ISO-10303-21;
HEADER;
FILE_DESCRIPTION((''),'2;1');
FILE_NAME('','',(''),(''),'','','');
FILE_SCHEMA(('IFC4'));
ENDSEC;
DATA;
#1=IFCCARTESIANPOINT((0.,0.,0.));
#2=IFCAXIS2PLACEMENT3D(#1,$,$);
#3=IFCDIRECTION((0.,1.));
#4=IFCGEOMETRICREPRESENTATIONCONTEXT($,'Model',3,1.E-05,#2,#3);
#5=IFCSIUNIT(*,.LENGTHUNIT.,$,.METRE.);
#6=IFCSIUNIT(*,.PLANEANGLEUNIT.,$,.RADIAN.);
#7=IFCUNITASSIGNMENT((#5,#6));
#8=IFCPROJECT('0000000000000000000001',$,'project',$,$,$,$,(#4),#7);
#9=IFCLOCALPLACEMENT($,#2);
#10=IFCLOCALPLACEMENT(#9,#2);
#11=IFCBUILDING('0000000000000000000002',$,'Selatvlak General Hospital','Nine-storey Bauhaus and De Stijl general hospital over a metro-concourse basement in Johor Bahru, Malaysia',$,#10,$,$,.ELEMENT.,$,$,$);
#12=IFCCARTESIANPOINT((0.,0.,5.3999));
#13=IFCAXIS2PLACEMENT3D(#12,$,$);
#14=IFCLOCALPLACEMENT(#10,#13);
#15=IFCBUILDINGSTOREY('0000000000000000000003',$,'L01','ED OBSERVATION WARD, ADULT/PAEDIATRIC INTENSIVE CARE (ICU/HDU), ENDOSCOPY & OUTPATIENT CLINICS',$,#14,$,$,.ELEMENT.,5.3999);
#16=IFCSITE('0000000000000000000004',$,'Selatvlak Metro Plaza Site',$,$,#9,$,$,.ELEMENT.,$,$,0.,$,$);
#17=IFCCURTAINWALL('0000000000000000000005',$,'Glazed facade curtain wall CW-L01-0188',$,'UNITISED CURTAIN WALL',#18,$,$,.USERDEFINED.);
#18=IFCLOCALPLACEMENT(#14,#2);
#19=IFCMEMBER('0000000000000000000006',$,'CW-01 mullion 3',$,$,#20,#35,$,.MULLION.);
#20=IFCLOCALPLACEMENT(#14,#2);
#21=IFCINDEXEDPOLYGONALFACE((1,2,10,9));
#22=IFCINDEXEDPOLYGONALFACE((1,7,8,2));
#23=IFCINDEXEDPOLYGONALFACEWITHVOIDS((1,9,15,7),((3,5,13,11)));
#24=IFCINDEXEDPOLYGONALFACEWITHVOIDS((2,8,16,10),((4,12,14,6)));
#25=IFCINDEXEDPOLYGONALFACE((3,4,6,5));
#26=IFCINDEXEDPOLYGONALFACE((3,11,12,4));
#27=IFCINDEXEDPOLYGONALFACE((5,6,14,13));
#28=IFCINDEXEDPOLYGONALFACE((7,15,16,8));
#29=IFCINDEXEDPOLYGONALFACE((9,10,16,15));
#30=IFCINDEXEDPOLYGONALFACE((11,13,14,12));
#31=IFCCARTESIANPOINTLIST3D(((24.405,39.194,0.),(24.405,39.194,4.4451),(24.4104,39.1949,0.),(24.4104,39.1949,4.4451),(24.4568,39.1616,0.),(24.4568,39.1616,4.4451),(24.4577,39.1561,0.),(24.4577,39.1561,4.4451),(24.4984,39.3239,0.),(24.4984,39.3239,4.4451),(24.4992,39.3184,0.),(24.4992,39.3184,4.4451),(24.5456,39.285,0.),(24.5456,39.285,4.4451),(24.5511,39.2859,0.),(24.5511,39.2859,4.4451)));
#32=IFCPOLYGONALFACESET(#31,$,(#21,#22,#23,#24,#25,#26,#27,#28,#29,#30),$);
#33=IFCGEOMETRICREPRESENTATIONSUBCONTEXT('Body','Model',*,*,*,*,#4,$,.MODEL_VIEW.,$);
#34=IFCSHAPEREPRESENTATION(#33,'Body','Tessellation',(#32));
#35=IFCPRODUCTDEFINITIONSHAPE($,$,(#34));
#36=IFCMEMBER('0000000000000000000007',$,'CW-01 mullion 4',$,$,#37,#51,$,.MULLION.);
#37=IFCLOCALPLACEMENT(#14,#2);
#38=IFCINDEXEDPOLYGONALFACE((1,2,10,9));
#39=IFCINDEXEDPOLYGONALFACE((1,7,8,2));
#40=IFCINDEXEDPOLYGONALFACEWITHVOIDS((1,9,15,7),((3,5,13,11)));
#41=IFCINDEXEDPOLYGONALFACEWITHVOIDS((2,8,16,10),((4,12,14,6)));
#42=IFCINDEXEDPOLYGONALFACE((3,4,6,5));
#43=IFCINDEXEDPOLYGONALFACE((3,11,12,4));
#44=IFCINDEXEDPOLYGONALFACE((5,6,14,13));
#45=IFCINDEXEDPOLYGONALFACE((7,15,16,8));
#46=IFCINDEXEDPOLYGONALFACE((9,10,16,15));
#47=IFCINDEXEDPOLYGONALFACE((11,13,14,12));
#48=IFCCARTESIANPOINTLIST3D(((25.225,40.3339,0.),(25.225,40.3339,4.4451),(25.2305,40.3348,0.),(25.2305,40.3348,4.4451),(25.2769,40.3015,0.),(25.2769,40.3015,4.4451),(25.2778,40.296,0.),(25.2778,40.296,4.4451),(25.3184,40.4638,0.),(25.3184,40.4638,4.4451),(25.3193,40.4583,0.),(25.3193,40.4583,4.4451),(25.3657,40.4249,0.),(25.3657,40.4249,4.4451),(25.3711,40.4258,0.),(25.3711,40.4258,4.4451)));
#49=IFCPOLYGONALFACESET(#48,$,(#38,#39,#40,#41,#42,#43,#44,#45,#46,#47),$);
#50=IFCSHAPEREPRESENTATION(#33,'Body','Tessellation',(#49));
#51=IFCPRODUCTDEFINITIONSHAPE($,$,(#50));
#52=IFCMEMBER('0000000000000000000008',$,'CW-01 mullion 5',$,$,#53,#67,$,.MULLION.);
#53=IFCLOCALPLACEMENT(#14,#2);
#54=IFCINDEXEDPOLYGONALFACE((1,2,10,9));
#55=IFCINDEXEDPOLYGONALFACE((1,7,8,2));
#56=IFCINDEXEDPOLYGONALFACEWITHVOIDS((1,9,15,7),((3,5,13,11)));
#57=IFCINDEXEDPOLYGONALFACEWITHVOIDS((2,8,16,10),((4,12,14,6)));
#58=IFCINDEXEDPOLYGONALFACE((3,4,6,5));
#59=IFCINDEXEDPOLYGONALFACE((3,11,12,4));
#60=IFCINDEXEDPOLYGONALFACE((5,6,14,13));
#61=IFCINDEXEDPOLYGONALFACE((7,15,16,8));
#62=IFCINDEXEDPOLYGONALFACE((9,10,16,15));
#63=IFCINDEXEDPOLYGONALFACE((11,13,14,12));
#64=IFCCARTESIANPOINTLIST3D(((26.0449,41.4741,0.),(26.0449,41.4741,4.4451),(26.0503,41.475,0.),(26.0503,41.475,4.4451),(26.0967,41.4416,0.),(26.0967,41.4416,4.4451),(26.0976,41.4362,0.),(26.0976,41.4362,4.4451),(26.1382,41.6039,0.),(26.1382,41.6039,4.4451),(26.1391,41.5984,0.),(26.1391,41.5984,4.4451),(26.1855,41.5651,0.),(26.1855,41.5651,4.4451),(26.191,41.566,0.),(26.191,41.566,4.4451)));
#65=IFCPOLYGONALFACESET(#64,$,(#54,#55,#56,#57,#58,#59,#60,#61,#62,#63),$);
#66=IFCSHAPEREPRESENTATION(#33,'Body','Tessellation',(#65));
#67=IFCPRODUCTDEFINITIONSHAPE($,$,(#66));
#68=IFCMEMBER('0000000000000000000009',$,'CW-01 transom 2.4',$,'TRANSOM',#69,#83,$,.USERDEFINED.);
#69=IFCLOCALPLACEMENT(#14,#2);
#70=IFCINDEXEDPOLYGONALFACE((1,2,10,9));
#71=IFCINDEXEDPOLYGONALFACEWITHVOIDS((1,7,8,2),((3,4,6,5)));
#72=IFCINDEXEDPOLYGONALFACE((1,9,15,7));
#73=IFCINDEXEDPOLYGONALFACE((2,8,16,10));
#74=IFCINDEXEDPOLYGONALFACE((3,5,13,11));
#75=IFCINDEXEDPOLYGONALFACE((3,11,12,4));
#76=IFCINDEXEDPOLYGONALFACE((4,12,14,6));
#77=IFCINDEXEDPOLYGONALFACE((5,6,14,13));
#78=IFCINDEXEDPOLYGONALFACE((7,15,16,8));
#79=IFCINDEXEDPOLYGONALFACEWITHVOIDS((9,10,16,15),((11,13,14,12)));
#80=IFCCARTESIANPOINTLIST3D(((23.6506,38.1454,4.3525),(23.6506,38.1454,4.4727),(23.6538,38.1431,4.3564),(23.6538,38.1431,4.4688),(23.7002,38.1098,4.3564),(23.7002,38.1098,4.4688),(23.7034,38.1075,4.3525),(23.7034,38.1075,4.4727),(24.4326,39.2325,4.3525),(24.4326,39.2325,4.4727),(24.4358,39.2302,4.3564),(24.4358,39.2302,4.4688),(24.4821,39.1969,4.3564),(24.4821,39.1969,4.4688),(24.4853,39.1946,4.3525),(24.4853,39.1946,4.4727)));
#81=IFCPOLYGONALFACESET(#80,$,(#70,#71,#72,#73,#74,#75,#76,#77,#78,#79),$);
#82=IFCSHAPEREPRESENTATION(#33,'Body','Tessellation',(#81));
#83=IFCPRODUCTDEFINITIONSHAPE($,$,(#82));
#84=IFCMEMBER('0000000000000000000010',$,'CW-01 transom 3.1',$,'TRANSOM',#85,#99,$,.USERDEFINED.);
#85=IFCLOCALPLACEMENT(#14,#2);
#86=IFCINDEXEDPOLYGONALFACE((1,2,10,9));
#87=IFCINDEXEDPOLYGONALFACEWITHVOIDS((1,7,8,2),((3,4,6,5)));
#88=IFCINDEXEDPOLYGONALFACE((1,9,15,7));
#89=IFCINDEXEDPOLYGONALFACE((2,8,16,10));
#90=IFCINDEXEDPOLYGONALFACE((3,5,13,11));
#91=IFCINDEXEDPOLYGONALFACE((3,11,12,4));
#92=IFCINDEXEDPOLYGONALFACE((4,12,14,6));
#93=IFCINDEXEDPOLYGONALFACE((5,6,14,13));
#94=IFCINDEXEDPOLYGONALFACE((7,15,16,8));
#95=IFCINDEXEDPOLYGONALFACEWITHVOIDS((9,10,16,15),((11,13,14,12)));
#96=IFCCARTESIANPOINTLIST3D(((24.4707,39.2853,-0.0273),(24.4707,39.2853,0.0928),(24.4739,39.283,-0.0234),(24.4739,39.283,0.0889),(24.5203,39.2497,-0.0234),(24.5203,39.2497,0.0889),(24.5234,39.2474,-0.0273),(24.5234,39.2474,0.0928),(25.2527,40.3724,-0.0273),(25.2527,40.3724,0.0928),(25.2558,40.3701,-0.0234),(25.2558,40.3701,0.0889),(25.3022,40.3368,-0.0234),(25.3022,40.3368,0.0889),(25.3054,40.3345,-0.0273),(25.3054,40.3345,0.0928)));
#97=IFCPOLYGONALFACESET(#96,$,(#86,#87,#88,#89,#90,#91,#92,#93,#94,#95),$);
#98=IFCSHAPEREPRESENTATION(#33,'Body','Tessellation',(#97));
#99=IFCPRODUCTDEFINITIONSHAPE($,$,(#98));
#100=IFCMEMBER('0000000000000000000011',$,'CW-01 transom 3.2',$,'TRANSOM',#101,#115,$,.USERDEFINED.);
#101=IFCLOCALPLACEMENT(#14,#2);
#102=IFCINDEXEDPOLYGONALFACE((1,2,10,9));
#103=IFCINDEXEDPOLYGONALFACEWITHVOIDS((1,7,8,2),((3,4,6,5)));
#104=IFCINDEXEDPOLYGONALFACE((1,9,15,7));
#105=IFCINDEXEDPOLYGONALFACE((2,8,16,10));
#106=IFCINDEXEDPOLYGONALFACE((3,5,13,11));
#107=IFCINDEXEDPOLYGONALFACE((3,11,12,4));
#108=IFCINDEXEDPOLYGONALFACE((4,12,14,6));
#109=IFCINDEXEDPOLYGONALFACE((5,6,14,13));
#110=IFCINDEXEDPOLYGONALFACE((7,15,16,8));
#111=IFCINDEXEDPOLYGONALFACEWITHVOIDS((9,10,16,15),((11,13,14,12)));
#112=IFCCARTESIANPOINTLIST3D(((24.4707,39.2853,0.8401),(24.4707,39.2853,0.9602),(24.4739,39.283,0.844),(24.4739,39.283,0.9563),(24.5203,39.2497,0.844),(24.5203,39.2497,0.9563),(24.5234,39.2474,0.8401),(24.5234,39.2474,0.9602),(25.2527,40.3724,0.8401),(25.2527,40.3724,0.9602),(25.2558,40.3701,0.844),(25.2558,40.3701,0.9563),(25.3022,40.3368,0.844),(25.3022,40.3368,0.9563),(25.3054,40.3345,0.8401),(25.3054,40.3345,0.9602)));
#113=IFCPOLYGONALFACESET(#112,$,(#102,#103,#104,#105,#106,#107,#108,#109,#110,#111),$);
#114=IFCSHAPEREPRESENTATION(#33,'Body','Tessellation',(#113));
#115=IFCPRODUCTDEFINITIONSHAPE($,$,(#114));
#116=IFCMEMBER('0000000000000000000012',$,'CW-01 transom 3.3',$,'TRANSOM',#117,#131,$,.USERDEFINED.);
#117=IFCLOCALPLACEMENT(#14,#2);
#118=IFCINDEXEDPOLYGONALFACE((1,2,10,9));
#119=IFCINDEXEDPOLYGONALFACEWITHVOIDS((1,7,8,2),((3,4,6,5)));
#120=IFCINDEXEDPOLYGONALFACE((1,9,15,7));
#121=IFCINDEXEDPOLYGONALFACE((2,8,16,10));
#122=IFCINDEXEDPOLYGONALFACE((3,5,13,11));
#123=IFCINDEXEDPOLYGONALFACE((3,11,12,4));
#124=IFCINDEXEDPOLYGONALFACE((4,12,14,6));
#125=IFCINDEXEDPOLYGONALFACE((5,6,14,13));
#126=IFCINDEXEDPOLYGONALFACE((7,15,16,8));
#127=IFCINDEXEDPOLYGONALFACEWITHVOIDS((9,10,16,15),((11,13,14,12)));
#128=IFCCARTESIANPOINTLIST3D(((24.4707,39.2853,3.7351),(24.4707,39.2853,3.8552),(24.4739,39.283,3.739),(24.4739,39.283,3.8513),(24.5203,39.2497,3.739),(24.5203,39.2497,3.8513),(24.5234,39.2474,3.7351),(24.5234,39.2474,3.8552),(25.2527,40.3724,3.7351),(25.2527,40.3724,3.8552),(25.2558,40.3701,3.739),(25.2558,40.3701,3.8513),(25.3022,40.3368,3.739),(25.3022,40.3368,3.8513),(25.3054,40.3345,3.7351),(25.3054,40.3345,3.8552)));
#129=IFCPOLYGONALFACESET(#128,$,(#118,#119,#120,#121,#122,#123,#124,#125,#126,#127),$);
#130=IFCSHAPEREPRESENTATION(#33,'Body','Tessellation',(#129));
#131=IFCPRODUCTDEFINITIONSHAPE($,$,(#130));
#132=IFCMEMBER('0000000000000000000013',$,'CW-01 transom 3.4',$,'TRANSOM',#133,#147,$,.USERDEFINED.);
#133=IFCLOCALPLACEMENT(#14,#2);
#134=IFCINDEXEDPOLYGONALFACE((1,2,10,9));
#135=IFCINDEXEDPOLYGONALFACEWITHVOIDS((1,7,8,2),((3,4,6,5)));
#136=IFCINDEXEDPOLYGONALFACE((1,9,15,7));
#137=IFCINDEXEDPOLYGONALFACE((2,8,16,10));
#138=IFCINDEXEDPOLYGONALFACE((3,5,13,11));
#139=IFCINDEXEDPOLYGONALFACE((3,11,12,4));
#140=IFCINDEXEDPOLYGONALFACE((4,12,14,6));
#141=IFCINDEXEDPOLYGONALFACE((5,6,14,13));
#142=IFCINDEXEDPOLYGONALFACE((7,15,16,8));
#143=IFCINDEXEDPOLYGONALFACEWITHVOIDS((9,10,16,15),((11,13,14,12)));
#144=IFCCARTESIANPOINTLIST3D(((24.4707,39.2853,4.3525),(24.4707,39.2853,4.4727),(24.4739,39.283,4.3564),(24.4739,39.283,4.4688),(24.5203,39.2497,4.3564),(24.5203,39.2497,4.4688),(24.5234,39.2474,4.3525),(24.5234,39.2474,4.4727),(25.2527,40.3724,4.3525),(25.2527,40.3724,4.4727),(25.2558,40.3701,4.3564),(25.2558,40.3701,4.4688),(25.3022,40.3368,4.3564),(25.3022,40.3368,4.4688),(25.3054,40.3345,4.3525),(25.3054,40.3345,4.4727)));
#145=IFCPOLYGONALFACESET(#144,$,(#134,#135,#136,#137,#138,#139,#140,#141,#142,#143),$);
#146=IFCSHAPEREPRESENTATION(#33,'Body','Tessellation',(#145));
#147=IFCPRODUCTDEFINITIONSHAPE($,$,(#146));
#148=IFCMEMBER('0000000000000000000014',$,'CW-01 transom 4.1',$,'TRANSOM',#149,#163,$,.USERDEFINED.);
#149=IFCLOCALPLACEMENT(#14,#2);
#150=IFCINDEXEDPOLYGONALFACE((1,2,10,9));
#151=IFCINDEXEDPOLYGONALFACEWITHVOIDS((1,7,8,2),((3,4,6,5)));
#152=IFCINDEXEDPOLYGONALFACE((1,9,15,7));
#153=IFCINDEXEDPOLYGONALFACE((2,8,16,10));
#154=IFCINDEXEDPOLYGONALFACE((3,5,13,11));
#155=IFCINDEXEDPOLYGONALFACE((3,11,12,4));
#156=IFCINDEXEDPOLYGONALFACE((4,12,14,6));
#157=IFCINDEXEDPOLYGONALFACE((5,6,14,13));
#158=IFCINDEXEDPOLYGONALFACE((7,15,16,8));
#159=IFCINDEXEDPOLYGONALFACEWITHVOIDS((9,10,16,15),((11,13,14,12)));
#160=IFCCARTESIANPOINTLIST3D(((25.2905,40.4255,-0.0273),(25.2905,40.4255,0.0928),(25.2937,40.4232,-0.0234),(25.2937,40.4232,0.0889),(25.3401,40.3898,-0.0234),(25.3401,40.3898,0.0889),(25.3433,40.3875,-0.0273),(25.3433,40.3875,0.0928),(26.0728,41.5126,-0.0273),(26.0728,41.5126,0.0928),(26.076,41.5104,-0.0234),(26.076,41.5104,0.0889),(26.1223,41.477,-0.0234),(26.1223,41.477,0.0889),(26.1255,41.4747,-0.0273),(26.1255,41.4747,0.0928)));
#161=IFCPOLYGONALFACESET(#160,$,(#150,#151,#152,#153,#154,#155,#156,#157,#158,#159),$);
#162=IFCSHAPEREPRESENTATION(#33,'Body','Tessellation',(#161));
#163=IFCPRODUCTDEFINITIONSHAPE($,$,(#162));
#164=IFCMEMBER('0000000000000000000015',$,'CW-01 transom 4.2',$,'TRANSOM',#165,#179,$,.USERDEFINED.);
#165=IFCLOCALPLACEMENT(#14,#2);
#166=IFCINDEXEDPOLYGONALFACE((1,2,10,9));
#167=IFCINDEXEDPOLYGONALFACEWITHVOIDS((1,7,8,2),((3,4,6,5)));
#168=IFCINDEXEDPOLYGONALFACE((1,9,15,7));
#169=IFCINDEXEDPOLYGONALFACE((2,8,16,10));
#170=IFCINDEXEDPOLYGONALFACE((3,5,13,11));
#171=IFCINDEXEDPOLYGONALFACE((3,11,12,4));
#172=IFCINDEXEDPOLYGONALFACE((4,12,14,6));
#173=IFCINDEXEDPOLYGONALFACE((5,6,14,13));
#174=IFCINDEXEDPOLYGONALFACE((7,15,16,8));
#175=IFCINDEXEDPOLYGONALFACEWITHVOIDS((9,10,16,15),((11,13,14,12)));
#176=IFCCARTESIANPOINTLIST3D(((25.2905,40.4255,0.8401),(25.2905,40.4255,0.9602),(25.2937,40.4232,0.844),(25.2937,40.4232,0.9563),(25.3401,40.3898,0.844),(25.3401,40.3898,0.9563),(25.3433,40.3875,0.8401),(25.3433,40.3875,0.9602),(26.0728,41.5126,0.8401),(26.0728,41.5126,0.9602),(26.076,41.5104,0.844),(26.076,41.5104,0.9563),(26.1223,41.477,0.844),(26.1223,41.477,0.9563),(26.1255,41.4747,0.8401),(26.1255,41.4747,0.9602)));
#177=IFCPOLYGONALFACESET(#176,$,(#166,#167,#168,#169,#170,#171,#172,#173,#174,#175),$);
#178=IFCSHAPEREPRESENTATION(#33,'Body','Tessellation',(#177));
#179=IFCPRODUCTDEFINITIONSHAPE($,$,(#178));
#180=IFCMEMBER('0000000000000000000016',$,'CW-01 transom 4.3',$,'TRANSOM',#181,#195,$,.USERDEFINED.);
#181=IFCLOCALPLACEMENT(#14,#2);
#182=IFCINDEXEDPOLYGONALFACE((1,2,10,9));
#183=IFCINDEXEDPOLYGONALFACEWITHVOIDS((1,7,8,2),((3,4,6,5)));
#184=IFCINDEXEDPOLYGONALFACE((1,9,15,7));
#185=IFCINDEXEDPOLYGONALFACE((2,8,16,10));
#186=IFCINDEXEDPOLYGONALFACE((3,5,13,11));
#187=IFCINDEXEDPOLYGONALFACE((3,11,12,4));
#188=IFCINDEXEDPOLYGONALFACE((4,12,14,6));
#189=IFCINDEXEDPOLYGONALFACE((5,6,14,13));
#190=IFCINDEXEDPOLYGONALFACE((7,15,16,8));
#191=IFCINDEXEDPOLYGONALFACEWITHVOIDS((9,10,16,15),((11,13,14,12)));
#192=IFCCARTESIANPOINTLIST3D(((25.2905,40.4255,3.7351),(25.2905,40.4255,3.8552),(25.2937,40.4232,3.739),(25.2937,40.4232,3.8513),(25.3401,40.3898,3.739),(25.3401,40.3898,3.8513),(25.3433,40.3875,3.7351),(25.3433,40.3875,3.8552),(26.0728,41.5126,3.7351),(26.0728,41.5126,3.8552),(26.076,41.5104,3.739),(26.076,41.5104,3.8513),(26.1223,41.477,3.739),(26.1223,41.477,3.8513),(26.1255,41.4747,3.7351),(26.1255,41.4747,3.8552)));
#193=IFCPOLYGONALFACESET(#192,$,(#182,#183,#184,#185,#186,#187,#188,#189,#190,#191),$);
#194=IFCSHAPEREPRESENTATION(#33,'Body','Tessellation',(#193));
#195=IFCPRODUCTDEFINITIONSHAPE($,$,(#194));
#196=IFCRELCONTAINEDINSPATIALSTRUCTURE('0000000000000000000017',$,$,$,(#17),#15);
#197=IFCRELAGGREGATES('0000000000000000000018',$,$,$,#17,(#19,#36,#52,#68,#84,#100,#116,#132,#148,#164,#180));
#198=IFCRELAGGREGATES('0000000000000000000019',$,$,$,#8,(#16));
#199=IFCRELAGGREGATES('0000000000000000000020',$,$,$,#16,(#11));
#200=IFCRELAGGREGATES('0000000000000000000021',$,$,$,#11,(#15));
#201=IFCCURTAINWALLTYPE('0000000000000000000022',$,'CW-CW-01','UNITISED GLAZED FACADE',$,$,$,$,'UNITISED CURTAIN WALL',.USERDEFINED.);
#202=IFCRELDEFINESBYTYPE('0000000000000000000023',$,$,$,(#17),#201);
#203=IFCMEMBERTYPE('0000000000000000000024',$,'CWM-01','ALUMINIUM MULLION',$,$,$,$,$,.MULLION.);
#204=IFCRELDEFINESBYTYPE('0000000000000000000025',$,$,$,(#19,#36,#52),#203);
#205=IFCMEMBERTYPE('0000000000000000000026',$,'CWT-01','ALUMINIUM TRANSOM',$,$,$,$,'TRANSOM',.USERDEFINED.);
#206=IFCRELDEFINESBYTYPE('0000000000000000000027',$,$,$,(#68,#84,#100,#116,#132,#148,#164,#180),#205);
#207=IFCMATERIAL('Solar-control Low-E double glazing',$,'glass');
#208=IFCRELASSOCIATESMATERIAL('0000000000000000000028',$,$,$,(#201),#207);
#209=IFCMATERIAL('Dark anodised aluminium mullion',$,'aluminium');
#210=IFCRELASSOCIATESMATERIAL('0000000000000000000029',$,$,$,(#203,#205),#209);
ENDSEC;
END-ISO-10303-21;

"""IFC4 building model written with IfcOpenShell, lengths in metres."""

from ifc_helpers import new_model, si_unit, direction, frame, origin, origin_2d, place, context, subcontext, project, spatial, hollow_rectangle, extrude, material, material_profile, profile_set, type_object, element, aggregate, save


model = new_model("IFC4")

# Units and contexts
model_context = context("Model", 3, precision=1e-05, world=origin(), true_north=direction((0.0, 1.0)))
body_context = subcontext(model_context, "Body", "Model", "MODEL_VIEW")
ifc_project = project(units=[si_unit("LENGTHUNIT", "METRE"), si_unit("PLANEANGLEUNIT", "RADIAN")], contexts=[model_context])

# Site, building, storey
site_placement = place(None, origin())
site = spatial("IfcSite", under=ifc_project, at=site_placement, Name="Selatvlak Metro Plaza Site", CompositionType="ELEMENT", RefElevation=0.0)
building_placement = place(site_placement, origin())
building = spatial("IfcBuilding", under=site, at=building_placement, Name="Selatvlak General Hospital", Description="Nine-storey Bauhaus and De Stijl general hospital over a metro-concourse basement in Johor Bahru, Malaysia", CompositionType="ELEMENT")
storey_placement = place(building_placement, frame((0.0, 0.0, 5.3999)))
storey = spatial("IfcBuildingStorey", under=building, at=storey_placement, Name="L01", Description="ED OBSERVATION WARD, ADULT/PAEDIATRIC INTENSIVE CARE (ICU/HDU), ENDOSCOPY & OUTPATIENT CLINICS", CompositionType="ELEMENT", Elevation=5.3999)

# Curtain wall, members
ifc_material_1 = material(Name="Solar-control Low-E double glazing", Category="glass")
curtain_wall_type = type_object("IfcCurtainWallType", Name="CW-CW-01", Description="UNITISED GLAZED FACADE", ElementType="UNITISED CURTAIN WALL", PredefinedType="USERDEFINED", material=ifc_material_1)
curtain_wall_placement = place(storey_placement, origin())
curtain_wall = element("IfcCurtainWall", 1, at=curtain_wall_placement, inside=storey, type_object=curtain_wall_type, Name="Glazed facade curtain wall CW-L01-0188", ObjectType="UNITISED CURTAIN WALL", PredefinedType="USERDEFINED")
ifc_material_2 = material(Name="Dark anodised aluminium mullion", Category="aluminium")
ifc_material_profile_1 = material_profile(ifc_material_2, hollow_rectangle(XDim=0.0649, YDim=0.1599, WallThickness=0.0039, at=origin_2d()), Name="AL-MUL 65x160x4")
ifc_profile_set_1 = profile_set([ifc_material_profile_1], Name="Dark anodised aluminium mullion")
member_type_1 = type_object("IfcMemberType", Name="CWM-01", Description="ALUMINIUM MULLION", PredefinedType="MULLION", material=ifc_profile_set_1)
member_1_placement = place(storey_placement, frame((24.478, 39.24, 0.0), z_axis=(0.0, 0.0, 1.0), x_axis=(-0.811804, 0.583929, 0.0)))
member_1 = element("IfcMember", 2, at=member_1_placement, type_object=member_type_1, Name="CW-01 mullion 3", PredefinedType="MULLION", context=body_context, shape_type="SweptSolid", body=[
    extrude(hollow_rectangle(XDim=0.0649, YDim=0.1599, WallThickness=0.0039, at=origin_2d()), origin(), (0.0, 0.0, 1.0), 4.4451),
])
member_2_placement = place(storey_placement, frame((25.2981, 40.3799, 0.0), z_axis=(0.0, 0.0, 1.0), x_axis=(-0.811804, 0.583929, 0.0)))
member_2 = element("IfcMember", 3, at=member_2_placement, type_object=member_type_1, Name="CW-01 mullion 4", PredefinedType="MULLION", context=body_context, shape_type="SweptSolid", body=[
    extrude(hollow_rectangle(XDim=0.0649, YDim=0.1599, WallThickness=0.0039, at=origin_2d()), origin(), (0.0, 0.0, 1.0), 4.4451),
])
member_3_placement = place(storey_placement, frame((26.1179, 41.52, 0.0), z_axis=(0.0, 0.0, 1.0), x_axis=(-0.811804, 0.583929, 0.0)))
member_3 = element("IfcMember", 4, at=member_3_placement, type_object=member_type_1, Name="CW-01 mullion 5", PredefinedType="MULLION", context=body_context, shape_type="SweptSolid", body=[
    extrude(hollow_rectangle(XDim=0.0649, YDim=0.1599, WallThickness=0.0039, at=origin_2d()), origin(), (0.0, 0.0, 1.0), 4.4451),
])
ifc_material_profile_2 = material_profile(ifc_material_2, hollow_rectangle(XDim=0.0649, YDim=0.1201, WallThickness=0.0039, at=origin_2d()), Name="AL-TRN 65x120x4")
ifc_profile_set_2 = profile_set([ifc_material_profile_2], Name="Dark anodised aluminium mullion")
member_type_2 = type_object("IfcMemberType", Name="CWT-01", Description="ALUMINIUM TRANSOM", ElementType="TRANSOM", PredefinedType="USERDEFINED", material=ifc_profile_set_2)
member_4_placement = place(storey_placement, frame((23.677, 38.1265, 4.4126), z_axis=(0.583925, 0.811807, 0.0), x_axis=(-0.811807, 0.583925, 0.0)))
member_4 = element("IfcMember", 5, at=member_4_placement, type_object=member_type_2, Name="CW-01 transom 2.4", ObjectType="TRANSOM", PredefinedType="USERDEFINED", context=body_context, shape_type="SweptSolid", body=[
    extrude(hollow_rectangle(XDim=0.0649, YDim=0.1201, WallThickness=0.0039, at=origin_2d()), origin(), (0.0, 0.0, 1.0), 1.3391),
])
member_5_placement = place(storey_placement, frame((24.4971, 39.2664, 0.0327), z_axis=(0.583925, 0.811807, 0.0), x_axis=(-0.811807, 0.583925, 0.0)))
member_5 = element("IfcMember", 6, at=member_5_placement, type_object=member_type_2, Name="CW-01 transom 3.1", ObjectType="TRANSOM", PredefinedType="USERDEFINED", context=body_context, shape_type="SweptSolid", body=[
    extrude(hollow_rectangle(XDim=0.0649, YDim=0.1201, WallThickness=0.0039, at=origin_2d()), origin(), (0.0, 0.0, 1.0), 1.3391),
])
member_6_placement = place(storey_placement, frame((24.4971, 39.2664, 0.9001), z_axis=(0.583925, 0.811807, 0.0), x_axis=(-0.811807, 0.583925, 0.0)))
member_6 = element("IfcMember", 7, at=member_6_placement, type_object=member_type_2, Name="CW-01 transom 3.2", ObjectType="TRANSOM", PredefinedType="USERDEFINED", context=body_context, shape_type="SweptSolid", body=[
    extrude(hollow_rectangle(XDim=0.0649, YDim=0.1201, WallThickness=0.0039, at=origin_2d()), origin(), (0.0, 0.0, 1.0), 1.3391),
])
member_7_placement = place(storey_placement, frame((24.4971, 39.2664, 3.7952), z_axis=(0.583925, 0.811807, 0.0), x_axis=(-0.811807, 0.583925, 0.0)))
member_7 = element("IfcMember", 8, at=member_7_placement, type_object=member_type_2, Name="CW-01 transom 3.3", ObjectType="TRANSOM", PredefinedType="USERDEFINED", context=body_context, shape_type="SweptSolid", body=[
    extrude(hollow_rectangle(XDim=0.0649, YDim=0.1201, WallThickness=0.0039, at=origin_2d()), origin(), (0.0, 0.0, 1.0), 1.3391),
])
member_8_placement = place(storey_placement, frame((24.4971, 39.2664, 4.4126), z_axis=(0.583925, 0.811807, 0.0), x_axis=(-0.811807, 0.583925, 0.0)))
member_8 = element("IfcMember", 9, at=member_8_placement, type_object=member_type_2, Name="CW-01 transom 3.4", ObjectType="TRANSOM", PredefinedType="USERDEFINED", context=body_context, shape_type="SweptSolid", body=[
    extrude(hollow_rectangle(XDim=0.0649, YDim=0.1201, WallThickness=0.0039, at=origin_2d()), origin(), (0.0, 0.0, 1.0), 1.3391),
])
member_9_placement = place(storey_placement, frame((25.3169, 40.4065, 0.0327), z_axis=(0.584045, 0.811721, 0.0), x_axis=(-0.811721, 0.584045, 0.0)))
member_9 = element("IfcMember", 10, at=member_9_placement, type_object=member_type_2, Name="CW-01 transom 4.1", ObjectType="TRANSOM", PredefinedType="USERDEFINED", context=body_context, shape_type="SweptSolid", body=[
    extrude(hollow_rectangle(XDim=0.0649, YDim=0.1201, WallThickness=0.0039, at=origin_2d()), origin(), (0.0, 0.0, 1.0), 1.3394),
])
member_10_placement = place(storey_placement, frame((25.3169, 40.4065, 0.9001), z_axis=(0.584045, 0.811721, 0.0), x_axis=(-0.811721, 0.584045, 0.0)))
member_10 = element("IfcMember", 11, at=member_10_placement, type_object=member_type_2, Name="CW-01 transom 4.2", ObjectType="TRANSOM", PredefinedType="USERDEFINED", context=body_context, shape_type="SweptSolid", body=[
    extrude(hollow_rectangle(XDim=0.0649, YDim=0.1201, WallThickness=0.0039, at=origin_2d()), origin(), (0.0, 0.0, 1.0), 1.3394),
])
member_11_placement = place(storey_placement, frame((25.3169, 40.4065, 3.7952), z_axis=(0.584045, 0.811721, 0.0), x_axis=(-0.811721, 0.584045, 0.0)))
member_11 = element("IfcMember", 12, at=member_11_placement, type_object=member_type_2, Name="CW-01 transom 4.3", ObjectType="TRANSOM", PredefinedType="USERDEFINED", context=body_context, shape_type="SweptSolid", body=[
    extrude(hollow_rectangle(XDim=0.0649, YDim=0.1201, WallThickness=0.0039, at=origin_2d()), origin(), (0.0, 0.0, 1.0), 1.3394),
])
aggregate(curtain_wall, [member_1, member_2, member_3, member_4, member_5, member_6, member_7, member_8, member_9, member_10, member_11])

save(model, "model.ifc")
